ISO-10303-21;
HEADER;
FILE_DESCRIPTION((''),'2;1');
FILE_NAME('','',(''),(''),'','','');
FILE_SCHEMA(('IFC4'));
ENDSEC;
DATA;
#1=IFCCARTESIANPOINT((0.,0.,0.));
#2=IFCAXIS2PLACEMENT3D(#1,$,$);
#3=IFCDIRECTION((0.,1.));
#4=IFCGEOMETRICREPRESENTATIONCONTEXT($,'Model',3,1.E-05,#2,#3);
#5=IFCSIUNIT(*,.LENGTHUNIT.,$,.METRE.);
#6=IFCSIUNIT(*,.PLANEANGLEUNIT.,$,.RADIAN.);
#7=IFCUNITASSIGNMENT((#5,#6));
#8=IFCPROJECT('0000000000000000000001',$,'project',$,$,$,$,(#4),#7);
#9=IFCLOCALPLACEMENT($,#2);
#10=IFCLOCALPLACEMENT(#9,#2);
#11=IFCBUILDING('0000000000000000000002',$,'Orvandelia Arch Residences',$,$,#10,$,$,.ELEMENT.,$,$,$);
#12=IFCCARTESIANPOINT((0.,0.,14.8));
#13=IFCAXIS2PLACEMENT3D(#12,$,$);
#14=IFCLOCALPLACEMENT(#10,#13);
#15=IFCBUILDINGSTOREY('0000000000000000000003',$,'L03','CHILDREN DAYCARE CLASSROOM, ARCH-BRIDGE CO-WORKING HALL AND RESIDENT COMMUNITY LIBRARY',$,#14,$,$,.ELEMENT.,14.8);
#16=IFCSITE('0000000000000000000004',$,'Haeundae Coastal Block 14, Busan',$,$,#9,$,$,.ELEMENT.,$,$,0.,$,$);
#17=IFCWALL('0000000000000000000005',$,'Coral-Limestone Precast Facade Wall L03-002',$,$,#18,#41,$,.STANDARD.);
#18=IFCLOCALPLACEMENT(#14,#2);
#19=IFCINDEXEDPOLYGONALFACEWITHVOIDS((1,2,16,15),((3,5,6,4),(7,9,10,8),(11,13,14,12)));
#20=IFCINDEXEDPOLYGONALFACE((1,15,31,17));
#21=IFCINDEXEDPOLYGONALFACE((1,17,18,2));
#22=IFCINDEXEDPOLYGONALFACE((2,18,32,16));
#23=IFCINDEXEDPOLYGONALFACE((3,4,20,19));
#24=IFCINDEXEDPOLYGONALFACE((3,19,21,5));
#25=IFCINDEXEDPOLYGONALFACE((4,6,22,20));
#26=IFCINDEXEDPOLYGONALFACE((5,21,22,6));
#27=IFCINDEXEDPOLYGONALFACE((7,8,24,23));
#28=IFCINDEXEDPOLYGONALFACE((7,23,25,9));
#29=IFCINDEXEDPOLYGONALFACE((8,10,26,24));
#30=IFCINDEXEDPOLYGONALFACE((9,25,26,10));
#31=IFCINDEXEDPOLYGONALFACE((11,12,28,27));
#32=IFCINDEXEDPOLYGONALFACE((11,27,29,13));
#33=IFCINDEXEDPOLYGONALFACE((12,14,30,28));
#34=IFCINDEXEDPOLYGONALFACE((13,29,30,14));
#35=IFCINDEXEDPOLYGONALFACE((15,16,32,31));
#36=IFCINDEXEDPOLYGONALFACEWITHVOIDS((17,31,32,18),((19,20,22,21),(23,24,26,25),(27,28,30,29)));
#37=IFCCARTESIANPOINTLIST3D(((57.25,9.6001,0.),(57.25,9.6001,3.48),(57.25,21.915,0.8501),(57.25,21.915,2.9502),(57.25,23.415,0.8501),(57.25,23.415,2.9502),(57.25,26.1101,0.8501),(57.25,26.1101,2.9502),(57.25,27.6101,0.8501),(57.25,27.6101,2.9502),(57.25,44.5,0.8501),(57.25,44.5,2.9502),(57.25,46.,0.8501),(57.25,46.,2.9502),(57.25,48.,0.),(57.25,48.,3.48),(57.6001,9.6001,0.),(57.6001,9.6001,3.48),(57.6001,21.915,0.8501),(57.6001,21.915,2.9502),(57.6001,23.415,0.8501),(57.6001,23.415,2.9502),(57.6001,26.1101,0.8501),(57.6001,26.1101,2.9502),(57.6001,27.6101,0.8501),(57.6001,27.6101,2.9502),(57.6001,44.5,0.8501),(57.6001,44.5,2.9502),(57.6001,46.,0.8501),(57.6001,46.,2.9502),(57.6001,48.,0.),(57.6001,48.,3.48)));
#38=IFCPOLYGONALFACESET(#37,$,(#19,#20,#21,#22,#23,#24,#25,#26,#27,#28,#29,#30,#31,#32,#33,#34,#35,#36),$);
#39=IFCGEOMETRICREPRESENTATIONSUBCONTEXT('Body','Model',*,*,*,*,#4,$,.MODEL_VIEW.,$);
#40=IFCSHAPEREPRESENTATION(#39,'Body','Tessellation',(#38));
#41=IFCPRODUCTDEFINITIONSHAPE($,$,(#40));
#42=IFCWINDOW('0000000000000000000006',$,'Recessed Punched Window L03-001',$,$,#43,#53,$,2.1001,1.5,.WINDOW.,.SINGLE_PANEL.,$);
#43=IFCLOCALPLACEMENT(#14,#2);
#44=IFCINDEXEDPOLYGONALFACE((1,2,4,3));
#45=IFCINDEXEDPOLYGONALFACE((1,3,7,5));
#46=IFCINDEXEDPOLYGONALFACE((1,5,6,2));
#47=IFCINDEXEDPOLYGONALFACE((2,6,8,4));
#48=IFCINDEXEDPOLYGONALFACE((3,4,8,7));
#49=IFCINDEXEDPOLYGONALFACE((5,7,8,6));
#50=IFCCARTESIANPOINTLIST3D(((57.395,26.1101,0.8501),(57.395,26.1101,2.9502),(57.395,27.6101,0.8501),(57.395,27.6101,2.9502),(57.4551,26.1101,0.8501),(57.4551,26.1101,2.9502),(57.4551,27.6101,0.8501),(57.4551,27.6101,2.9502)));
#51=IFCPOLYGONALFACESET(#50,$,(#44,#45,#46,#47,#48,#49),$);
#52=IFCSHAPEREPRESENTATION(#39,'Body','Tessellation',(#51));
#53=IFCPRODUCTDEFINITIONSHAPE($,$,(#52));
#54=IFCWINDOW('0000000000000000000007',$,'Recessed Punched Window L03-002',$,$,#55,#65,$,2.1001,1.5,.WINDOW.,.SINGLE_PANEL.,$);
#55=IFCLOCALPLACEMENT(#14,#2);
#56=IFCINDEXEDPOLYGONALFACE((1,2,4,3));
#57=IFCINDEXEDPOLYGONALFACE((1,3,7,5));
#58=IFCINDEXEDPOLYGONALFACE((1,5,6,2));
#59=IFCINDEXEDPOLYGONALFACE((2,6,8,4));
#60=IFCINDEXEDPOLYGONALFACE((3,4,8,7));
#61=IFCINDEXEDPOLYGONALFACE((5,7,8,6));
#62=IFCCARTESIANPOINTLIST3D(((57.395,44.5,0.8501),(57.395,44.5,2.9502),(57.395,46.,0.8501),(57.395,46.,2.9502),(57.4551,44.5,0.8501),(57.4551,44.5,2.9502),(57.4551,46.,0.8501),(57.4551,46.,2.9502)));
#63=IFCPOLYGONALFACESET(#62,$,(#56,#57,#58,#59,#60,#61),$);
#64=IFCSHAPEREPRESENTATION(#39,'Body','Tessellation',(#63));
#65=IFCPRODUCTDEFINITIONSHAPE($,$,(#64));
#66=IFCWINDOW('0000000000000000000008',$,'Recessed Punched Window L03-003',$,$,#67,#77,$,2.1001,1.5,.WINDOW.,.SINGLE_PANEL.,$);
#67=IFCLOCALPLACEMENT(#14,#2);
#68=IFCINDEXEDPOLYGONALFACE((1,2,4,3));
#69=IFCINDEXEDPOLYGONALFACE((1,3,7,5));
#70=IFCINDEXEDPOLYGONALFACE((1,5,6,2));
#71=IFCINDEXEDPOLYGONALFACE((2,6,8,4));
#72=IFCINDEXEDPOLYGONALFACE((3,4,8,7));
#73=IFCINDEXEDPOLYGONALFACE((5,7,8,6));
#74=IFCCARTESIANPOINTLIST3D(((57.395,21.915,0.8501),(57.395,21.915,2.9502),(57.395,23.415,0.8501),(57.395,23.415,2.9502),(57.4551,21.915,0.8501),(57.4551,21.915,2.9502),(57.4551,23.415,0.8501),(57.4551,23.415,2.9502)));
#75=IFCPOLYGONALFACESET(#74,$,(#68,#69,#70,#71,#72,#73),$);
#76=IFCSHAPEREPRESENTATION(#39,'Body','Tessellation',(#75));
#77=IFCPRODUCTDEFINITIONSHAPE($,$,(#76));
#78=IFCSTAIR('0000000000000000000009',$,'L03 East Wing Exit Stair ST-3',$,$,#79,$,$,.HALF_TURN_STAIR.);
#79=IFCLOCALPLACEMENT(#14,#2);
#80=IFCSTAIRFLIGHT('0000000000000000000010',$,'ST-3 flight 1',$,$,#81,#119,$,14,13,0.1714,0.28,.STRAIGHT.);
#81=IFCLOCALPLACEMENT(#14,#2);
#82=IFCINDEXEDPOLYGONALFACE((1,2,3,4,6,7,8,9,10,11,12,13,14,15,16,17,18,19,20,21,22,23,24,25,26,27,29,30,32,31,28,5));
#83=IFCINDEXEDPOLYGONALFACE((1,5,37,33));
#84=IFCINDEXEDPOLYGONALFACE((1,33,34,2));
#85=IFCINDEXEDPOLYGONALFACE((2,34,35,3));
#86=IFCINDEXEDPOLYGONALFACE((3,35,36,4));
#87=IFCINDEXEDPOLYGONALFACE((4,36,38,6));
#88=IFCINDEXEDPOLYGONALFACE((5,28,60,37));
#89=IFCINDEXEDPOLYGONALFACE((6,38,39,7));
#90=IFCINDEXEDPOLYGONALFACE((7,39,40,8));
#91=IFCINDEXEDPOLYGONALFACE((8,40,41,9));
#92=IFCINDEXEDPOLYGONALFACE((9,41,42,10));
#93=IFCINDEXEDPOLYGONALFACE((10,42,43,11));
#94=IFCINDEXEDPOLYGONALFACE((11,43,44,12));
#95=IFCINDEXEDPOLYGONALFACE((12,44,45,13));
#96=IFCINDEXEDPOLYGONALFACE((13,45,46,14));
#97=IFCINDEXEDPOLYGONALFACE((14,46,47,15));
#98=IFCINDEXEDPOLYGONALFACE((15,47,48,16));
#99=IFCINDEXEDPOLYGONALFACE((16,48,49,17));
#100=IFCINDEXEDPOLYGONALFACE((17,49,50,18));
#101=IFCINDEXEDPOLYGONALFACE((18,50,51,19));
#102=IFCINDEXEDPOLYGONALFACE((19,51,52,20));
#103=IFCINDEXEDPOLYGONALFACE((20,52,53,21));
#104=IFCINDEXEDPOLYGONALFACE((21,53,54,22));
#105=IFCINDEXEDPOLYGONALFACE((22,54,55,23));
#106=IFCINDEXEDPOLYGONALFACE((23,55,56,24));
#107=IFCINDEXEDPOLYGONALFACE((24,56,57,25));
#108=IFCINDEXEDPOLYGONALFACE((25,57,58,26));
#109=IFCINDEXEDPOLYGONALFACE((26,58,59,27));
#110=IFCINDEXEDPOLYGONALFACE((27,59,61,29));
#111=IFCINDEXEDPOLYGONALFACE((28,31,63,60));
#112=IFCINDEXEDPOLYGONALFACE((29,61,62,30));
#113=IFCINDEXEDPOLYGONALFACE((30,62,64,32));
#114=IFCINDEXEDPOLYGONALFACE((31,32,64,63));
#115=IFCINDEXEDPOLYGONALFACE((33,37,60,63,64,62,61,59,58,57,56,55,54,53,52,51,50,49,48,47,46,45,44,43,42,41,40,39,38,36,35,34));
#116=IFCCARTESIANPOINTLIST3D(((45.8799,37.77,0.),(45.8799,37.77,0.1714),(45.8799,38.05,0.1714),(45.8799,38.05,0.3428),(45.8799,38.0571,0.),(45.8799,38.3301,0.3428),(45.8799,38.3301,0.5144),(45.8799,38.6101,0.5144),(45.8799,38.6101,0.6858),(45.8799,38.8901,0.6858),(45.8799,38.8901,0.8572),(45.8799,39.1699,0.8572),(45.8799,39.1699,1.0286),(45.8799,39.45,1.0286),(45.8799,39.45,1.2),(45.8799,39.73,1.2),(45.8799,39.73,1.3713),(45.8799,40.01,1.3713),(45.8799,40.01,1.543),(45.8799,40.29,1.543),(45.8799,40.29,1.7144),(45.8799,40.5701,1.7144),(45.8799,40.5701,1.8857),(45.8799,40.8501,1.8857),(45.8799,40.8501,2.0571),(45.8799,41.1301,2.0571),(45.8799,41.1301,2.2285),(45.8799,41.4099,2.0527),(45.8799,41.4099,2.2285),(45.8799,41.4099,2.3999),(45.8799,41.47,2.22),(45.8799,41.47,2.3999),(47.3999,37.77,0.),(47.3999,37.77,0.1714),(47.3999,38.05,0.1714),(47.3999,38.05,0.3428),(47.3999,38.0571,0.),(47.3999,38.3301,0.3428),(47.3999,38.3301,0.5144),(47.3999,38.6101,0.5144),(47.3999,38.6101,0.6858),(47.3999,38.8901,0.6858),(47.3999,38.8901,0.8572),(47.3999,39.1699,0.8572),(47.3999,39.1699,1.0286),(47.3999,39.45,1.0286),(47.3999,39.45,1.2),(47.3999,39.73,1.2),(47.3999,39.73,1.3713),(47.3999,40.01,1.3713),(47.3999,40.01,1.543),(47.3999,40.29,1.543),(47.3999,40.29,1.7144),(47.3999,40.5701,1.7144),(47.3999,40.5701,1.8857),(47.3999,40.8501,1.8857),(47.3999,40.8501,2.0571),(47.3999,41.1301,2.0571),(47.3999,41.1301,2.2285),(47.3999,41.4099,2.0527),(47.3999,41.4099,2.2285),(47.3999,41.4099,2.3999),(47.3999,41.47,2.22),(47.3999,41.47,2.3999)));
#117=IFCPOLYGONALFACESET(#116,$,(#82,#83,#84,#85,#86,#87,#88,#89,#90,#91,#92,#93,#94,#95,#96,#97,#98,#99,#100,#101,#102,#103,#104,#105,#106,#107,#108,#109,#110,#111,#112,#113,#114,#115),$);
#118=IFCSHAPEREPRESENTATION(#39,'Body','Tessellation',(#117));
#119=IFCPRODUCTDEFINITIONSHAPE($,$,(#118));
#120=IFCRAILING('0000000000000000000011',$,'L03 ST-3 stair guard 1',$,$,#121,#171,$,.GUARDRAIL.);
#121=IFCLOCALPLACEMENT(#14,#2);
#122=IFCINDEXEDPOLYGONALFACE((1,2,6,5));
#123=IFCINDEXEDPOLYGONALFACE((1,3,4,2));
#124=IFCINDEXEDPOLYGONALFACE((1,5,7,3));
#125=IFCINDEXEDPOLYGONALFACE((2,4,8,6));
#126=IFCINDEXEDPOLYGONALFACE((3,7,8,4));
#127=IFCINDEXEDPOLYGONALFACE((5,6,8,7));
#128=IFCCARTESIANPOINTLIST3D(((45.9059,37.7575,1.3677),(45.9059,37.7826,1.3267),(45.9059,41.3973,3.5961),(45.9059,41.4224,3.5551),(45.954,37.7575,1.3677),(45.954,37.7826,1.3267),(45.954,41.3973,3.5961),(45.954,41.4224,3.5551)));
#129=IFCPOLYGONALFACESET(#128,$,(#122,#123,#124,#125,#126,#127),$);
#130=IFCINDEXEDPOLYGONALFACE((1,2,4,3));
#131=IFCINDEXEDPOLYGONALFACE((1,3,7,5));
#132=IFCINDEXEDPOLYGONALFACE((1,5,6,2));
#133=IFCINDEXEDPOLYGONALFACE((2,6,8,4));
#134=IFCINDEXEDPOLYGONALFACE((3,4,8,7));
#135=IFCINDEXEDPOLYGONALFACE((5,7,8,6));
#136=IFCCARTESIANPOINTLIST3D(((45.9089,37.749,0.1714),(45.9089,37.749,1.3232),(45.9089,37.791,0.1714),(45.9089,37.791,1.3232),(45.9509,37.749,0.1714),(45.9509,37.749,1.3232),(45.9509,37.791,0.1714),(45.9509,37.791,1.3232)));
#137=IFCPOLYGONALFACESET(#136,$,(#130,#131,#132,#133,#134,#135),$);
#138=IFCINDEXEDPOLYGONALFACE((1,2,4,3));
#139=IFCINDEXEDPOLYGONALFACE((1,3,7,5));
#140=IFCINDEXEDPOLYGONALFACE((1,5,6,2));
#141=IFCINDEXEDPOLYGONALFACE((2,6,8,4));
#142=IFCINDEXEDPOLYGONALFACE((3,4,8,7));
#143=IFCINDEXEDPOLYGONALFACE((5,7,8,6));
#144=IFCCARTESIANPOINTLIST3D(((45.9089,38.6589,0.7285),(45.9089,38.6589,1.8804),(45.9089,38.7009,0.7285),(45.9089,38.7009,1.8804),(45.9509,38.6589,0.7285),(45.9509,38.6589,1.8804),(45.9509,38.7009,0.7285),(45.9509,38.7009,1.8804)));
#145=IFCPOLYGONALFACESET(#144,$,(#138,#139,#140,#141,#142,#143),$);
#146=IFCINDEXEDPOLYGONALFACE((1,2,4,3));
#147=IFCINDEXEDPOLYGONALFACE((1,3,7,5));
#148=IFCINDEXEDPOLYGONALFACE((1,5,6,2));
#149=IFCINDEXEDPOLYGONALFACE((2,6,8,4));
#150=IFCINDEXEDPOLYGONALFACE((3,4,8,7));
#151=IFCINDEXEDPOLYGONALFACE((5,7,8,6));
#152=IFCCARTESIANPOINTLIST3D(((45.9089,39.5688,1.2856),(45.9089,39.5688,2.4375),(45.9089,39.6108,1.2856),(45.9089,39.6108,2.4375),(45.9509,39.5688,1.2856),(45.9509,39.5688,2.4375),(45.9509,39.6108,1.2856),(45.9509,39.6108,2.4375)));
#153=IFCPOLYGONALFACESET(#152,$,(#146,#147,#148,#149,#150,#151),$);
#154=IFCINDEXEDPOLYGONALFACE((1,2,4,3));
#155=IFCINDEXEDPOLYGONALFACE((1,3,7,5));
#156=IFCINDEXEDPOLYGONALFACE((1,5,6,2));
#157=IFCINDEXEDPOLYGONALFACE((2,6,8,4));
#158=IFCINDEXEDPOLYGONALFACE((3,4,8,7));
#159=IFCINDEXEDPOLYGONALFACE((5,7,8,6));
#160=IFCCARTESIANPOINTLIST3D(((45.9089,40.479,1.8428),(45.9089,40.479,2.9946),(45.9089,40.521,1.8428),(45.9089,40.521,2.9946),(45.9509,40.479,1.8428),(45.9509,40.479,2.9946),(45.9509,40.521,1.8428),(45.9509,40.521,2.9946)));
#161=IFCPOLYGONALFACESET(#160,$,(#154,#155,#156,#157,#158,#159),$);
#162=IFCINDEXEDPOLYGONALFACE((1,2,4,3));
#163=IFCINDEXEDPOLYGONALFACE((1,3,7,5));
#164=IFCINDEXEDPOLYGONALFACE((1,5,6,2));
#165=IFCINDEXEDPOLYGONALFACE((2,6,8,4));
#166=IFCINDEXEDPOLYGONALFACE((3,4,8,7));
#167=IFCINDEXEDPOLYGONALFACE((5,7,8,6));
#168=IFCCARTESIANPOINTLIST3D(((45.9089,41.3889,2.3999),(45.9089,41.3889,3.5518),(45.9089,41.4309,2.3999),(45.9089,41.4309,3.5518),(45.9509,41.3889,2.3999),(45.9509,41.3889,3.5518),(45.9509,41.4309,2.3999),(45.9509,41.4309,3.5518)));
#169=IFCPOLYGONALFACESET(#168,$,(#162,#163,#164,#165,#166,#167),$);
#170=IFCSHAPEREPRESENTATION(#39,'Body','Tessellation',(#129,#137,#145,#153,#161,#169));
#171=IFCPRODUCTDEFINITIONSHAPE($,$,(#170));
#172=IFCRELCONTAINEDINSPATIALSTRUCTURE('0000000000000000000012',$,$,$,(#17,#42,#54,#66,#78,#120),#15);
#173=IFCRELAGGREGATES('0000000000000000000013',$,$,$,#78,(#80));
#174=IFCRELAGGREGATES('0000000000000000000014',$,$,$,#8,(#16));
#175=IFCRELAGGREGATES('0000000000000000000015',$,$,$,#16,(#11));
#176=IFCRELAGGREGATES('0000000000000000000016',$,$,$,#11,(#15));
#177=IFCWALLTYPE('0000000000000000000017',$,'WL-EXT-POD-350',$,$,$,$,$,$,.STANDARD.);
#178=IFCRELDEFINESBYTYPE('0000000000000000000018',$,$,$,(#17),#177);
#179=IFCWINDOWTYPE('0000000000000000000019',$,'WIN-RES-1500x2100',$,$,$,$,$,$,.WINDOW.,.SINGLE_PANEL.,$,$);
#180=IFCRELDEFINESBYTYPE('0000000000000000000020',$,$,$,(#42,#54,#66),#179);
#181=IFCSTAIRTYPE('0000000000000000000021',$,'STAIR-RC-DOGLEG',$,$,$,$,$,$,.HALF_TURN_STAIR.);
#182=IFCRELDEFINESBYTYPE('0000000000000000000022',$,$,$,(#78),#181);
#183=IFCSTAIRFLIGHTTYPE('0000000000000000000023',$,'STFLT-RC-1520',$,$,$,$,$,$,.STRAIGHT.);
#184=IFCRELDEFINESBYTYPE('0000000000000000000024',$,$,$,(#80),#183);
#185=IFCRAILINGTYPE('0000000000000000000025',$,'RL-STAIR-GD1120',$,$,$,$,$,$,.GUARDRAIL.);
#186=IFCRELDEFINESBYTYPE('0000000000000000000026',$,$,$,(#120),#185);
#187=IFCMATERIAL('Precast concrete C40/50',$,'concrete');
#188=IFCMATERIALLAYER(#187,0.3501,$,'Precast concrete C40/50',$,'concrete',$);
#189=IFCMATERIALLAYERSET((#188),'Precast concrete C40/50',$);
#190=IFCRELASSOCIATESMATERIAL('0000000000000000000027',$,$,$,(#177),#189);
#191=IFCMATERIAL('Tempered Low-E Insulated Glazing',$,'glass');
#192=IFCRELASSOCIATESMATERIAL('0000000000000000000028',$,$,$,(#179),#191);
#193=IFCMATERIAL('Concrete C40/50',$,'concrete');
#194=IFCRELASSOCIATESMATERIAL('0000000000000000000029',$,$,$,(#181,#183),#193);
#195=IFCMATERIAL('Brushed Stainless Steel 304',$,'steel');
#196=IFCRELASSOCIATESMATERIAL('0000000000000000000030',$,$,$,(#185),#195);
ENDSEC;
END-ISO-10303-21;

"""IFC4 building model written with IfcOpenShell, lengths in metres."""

from ifc_helpers import new_model, si_unit, direction, frame, frame_2d, origin, origin_2d, place, context, subcontext, project, spatial, polyline, rectangle, outline, extrude, material, layer, layer_set, type_object, element, fill, aggregate, save


model = new_model("IFC4")

# Units and contexts
model_context = context("Model", 3, precision=1e-05, world=origin(), true_north=direction((0.0, 1.0)))
body_context = subcontext(model_context, "Body", "Model", "MODEL_VIEW")
ifc_project = project(units=[si_unit("LENGTHUNIT", "METRE"), si_unit("PLANEANGLEUNIT", "RADIAN")], contexts=[model_context])

# Site, building, storey
site_placement = place(None, origin())
site = spatial("IfcSite", under=ifc_project, at=site_placement, Name="Haeundae Coastal Block 14, Busan", CompositionType="ELEMENT", RefElevation=0.0)
building_placement = place(site_placement, origin())
building = spatial("IfcBuilding", under=site, at=building_placement, Name="Orvandelia Arch Residences", CompositionType="ELEMENT")
storey_placement = place(building_placement, frame((0.0, 0.0, 14.8)))
storey = spatial("IfcBuildingStorey", under=building, at=storey_placement, Name="L03", Description="CHILDREN DAYCARE CLASSROOM, ARCH-BRIDGE CO-WORKING HALL AND RESIDENT COMMUNITY LIBRARY", CompositionType="ELEMENT", Elevation=14.8)

# Wall, openings, windows
ifc_material_1 = material(Name="Precast concrete C40/50", Category="concrete")
ifc_layer_1 = layer(ifc_material_1, 0.3501, Name="Precast concrete C40/50", Category="concrete")
ifc_layer_set_1 = layer_set([ifc_layer_1], Name="Precast concrete C40/50")
wall_type_1 = type_object("IfcWallType", Name="WL-EXT-POD-350", PredefinedType="STANDARD", material=ifc_layer_set_1)
wall_1_placement = place(storey_placement, frame((57.425, 48.0, 0.0), z_axis=(0.0, 0.0, 1.0), x_axis=(0.0, -1.0, 0.0)))
wall_1 = element("IfcWall", 1, at=wall_1_placement, inside=storey, type_object=wall_type_1, Name="Coral-Limestone Precast Facade Wall L03-002", PredefinedType="STANDARD", context=body_context, shape_type="SweptSolid", body=[
    extrude(rectangle(XDim=38.3999, YDim=0.3501, at=frame_2d((19.2, 0.0))), origin(), (0.0, 0.0, 1.0), 3.48),
])
opening_1_placement = place(wall_1_placement, frame((20.3899, 0.0, 0.8501)))
opening_1 = element("IfcOpeningElement", 2, at=opening_1_placement, cuts=wall_1, PredefinedType="OPENING", context=body_context, shape_type="SweptSolid", body=[
    extrude(rectangle(XDim=1.5, YDim=2.1001, at=frame_2d((0.75, 1.05))), frame((0.0, 0.1851, 0.0), z_axis=(0.0, -1.0, 0.0), x_axis=(1.0, 0.0, 0.0)), (0.0, 0.0, 1.0), 0.3701),
])
opening_2_placement = place(wall_1_placement, frame((2.0, 0.0, 0.8501)))
opening_2 = element("IfcOpeningElement", 3, at=opening_2_placement, cuts=wall_1, PredefinedType="OPENING", context=body_context, shape_type="SweptSolid", body=[
    extrude(rectangle(XDim=1.5, YDim=2.1001, at=frame_2d((0.75, 1.05))), frame((0.0, 0.1851, 0.0), z_axis=(0.0, -1.0, 0.0), x_axis=(1.0, 0.0, 0.0)), (0.0, 0.0, 1.0), 0.3701),
])
opening_3_placement = place(wall_1_placement, frame((24.585, 0.0, 0.8501)))
opening_3 = element("IfcOpeningElement", 4, at=opening_3_placement, cuts=wall_1, PredefinedType="OPENING", context=body_context, shape_type="SweptSolid", body=[
    extrude(rectangle(XDim=1.5, YDim=2.1001, at=frame_2d((0.75, 1.05))), frame((0.0, 0.1851, 0.0), z_axis=(0.0, -1.0, 0.0), x_axis=(1.0, 0.0, 0.0)), (0.0, 0.0, 1.0), 0.3701),
])
ifc_material_2 = material(Name="Tempered Low-E Insulated Glazing", Category="glass")
window_type = type_object("IfcWindowType", Name="WIN-RES-1500x2100", PartitioningType="SINGLE_PANEL", PredefinedType="WINDOW", material=ifc_material_2)
window_1_placement = place(opening_1_placement, origin())
window_1 = element("IfcWindow", 5, at=window_1_placement, inside=storey, type_object=window_type, Name="Recessed Punched Window L03-001", OverallHeight=2.1001, OverallWidth=1.5, PartitioningType="SINGLE_PANEL", PredefinedType="WINDOW", context=body_context, shape_type="SweptSolid", body=[
    extrude(rectangle(XDim=1.5, YDim=2.1001, at=frame_2d((0.75, 1.05))), frame((0.0, 0.03, 0.0), z_axis=(0.0, -1.0, 0.0), x_axis=(1.0, 0.0, 0.0)), (0.0, 0.0, 1.0), 0.0601),
])
fill(opening_1, window_1)
window_2_placement = place(opening_2_placement, origin())
window_2 = element("IfcWindow", 6, at=window_2_placement, inside=storey, type_object=window_type, Name="Recessed Punched Window L03-002", OverallHeight=2.1001, OverallWidth=1.5, PartitioningType="SINGLE_PANEL", PredefinedType="WINDOW", context=body_context, shape_type="SweptSolid", body=[
    extrude(rectangle(XDim=1.5, YDim=2.1001, at=frame_2d((0.75, 1.05))), frame((0.0, 0.03, 0.0), z_axis=(0.0, -1.0, 0.0), x_axis=(1.0, 0.0, 0.0)), (0.0, 0.0, 1.0), 0.0601),
])
fill(opening_2, window_2)
window_3_placement = place(opening_3_placement, origin())
window_3 = element("IfcWindow", 7, at=window_3_placement, inside=storey, type_object=window_type, Name="Recessed Punched Window L03-003", OverallHeight=2.1001, OverallWidth=1.5, PartitioningType="SINGLE_PANEL", PredefinedType="WINDOW", context=body_context, shape_type="SweptSolid", body=[
    extrude(rectangle(XDim=1.5, YDim=2.1001, at=frame_2d((0.75, 1.05))), frame((0.0, 0.03, 0.0), z_axis=(0.0, -1.0, 0.0), x_axis=(1.0, 0.0, 0.0)), (0.0, 0.0, 1.0), 0.0601),
])
fill(opening_3, window_3)

# Stair, stair flight
ifc_material_3 = material(Name="Concrete C40/50", Category="concrete")
stair_type = type_object("IfcStairType", Name="STAIR-RC-DOGLEG", PredefinedType="HALF_TURN_STAIR", material=ifc_material_3)
stair_placement = place(storey_placement, origin())
stair = element("IfcStair", 8, at=stair_placement, inside=storey, type_object=stair_type, Name="L03 East Wing Exit Stair ST-3", PredefinedType="HALF_TURN_STAIR")
stair_flight_type = type_object("IfcStairFlightType", Name="STFLT-RC-1520", PredefinedType="STRAIGHT", material=ifc_material_3)
stair_flight_placement = place(storey_placement, frame((46.6399, 37.77, 0.0), z_axis=(0.0, 0.0, 1.0), x_axis=(0.0, 1.0, 0.0)))
stair_flight = element("IfcStairFlight", 9, at=stair_flight_placement, type_object=stair_flight_type, Name="ST-3 flight 1", NumberOfRisers=14, NumberOfTreads=13, PredefinedType="STRAIGHT", RiserHeight=0.1714, TreadLength=0.28, context=body_context, shape_type="SweptSolid", body=[
    extrude(outline(polyline([(0.0, 0.0), (0.0, 0.1714), (0.28, 0.1714), (0.28, 0.3428), (0.5601, 0.3428), (0.5601, 0.5144), (0.8401, 0.5144), (0.8401, 0.6858), (1.1201, 0.6858), (1.1201, 0.8572), (1.3999, 0.8572), (1.3999, 1.0286), (1.6799, 1.0286), (1.6799, 1.2), (1.96, 1.2), (1.96, 1.3713), (2.24, 1.3713), (2.24, 1.543), (2.52, 1.543), (2.52, 1.7144), (2.8, 1.7144), (2.8, 1.8857), (3.0801, 1.8857), (3.0801, 2.0571), (3.3601, 2.0571), (3.3601, 2.2285), (3.6399, 2.2285), (3.6399, 2.3999), (3.7, 2.3999), (3.7, 2.22), (3.6399, 2.0527), (0.2871, 0.0), (0.0, 0.0)])), frame((0.0, 0.76, 0.0), z_axis=(0.0, -1.0, 0.0), x_axis=(1.0, 0.0, 0.0)), (0.0, 0.0, 1.0), 1.52),
])
aggregate(stair, [stair_flight])

# Railing
ifc_material_4 = material(Name="Brushed Stainless Steel 304", Category="steel")
railing_type_1 = type_object("IfcRailingType", Name="RL-STAIR-GD1120", PredefinedType="GUARDRAIL", material=ifc_material_4)
railing_1_placement = place(storey_placement, frame((45.9299, 37.77, 0.1714)))
element("IfcRailing", 10, at=railing_1_placement, inside=storey, type_object=railing_type_1, Name="L03 ST-3 stair guard 1", PredefinedType="GUARDRAIL", context=body_context, shape_type="SweptSolid", body=[
    extrude(rectangle(XDim=0.0481, YDim=0.0481, at=origin_2d()), frame((0.0, 0.0, 1.1758), z_axis=(0.0, 0.85285, 0.522156), x_axis=(-1.0, 0.0, 0.0)), (0.0, 0.0, 1.0), 4.2678),
    extrude(rectangle(XDim=0.042, YDim=0.042, at=origin_2d()), origin(), (0.0, 0.0, 1.0), 1.1519),
    extrude(rectangle(XDim=0.042, YDim=0.042, at=origin_2d()), frame((0.0, 0.9099, 0.5571)), (0.0, 0.0, 1.0), 1.1519),
    extrude(rectangle(XDim=0.042, YDim=0.042, at=origin_2d()), frame((0.0, 1.8198, 1.1143)), (0.0, 0.0, 1.0), 1.1519),
    extrude(rectangle(XDim=0.042, YDim=0.042, at=origin_2d()), frame((0.0, 2.73, 1.6714)), (0.0, 0.0, 1.0), 1.1519),
    extrude(rectangle(XDim=0.042, YDim=0.042, at=origin_2d()), frame((0.0, 3.6399, 2.2285)), (0.0, 0.0, 1.0), 1.1519),
])

save(model, "model.ifc")
